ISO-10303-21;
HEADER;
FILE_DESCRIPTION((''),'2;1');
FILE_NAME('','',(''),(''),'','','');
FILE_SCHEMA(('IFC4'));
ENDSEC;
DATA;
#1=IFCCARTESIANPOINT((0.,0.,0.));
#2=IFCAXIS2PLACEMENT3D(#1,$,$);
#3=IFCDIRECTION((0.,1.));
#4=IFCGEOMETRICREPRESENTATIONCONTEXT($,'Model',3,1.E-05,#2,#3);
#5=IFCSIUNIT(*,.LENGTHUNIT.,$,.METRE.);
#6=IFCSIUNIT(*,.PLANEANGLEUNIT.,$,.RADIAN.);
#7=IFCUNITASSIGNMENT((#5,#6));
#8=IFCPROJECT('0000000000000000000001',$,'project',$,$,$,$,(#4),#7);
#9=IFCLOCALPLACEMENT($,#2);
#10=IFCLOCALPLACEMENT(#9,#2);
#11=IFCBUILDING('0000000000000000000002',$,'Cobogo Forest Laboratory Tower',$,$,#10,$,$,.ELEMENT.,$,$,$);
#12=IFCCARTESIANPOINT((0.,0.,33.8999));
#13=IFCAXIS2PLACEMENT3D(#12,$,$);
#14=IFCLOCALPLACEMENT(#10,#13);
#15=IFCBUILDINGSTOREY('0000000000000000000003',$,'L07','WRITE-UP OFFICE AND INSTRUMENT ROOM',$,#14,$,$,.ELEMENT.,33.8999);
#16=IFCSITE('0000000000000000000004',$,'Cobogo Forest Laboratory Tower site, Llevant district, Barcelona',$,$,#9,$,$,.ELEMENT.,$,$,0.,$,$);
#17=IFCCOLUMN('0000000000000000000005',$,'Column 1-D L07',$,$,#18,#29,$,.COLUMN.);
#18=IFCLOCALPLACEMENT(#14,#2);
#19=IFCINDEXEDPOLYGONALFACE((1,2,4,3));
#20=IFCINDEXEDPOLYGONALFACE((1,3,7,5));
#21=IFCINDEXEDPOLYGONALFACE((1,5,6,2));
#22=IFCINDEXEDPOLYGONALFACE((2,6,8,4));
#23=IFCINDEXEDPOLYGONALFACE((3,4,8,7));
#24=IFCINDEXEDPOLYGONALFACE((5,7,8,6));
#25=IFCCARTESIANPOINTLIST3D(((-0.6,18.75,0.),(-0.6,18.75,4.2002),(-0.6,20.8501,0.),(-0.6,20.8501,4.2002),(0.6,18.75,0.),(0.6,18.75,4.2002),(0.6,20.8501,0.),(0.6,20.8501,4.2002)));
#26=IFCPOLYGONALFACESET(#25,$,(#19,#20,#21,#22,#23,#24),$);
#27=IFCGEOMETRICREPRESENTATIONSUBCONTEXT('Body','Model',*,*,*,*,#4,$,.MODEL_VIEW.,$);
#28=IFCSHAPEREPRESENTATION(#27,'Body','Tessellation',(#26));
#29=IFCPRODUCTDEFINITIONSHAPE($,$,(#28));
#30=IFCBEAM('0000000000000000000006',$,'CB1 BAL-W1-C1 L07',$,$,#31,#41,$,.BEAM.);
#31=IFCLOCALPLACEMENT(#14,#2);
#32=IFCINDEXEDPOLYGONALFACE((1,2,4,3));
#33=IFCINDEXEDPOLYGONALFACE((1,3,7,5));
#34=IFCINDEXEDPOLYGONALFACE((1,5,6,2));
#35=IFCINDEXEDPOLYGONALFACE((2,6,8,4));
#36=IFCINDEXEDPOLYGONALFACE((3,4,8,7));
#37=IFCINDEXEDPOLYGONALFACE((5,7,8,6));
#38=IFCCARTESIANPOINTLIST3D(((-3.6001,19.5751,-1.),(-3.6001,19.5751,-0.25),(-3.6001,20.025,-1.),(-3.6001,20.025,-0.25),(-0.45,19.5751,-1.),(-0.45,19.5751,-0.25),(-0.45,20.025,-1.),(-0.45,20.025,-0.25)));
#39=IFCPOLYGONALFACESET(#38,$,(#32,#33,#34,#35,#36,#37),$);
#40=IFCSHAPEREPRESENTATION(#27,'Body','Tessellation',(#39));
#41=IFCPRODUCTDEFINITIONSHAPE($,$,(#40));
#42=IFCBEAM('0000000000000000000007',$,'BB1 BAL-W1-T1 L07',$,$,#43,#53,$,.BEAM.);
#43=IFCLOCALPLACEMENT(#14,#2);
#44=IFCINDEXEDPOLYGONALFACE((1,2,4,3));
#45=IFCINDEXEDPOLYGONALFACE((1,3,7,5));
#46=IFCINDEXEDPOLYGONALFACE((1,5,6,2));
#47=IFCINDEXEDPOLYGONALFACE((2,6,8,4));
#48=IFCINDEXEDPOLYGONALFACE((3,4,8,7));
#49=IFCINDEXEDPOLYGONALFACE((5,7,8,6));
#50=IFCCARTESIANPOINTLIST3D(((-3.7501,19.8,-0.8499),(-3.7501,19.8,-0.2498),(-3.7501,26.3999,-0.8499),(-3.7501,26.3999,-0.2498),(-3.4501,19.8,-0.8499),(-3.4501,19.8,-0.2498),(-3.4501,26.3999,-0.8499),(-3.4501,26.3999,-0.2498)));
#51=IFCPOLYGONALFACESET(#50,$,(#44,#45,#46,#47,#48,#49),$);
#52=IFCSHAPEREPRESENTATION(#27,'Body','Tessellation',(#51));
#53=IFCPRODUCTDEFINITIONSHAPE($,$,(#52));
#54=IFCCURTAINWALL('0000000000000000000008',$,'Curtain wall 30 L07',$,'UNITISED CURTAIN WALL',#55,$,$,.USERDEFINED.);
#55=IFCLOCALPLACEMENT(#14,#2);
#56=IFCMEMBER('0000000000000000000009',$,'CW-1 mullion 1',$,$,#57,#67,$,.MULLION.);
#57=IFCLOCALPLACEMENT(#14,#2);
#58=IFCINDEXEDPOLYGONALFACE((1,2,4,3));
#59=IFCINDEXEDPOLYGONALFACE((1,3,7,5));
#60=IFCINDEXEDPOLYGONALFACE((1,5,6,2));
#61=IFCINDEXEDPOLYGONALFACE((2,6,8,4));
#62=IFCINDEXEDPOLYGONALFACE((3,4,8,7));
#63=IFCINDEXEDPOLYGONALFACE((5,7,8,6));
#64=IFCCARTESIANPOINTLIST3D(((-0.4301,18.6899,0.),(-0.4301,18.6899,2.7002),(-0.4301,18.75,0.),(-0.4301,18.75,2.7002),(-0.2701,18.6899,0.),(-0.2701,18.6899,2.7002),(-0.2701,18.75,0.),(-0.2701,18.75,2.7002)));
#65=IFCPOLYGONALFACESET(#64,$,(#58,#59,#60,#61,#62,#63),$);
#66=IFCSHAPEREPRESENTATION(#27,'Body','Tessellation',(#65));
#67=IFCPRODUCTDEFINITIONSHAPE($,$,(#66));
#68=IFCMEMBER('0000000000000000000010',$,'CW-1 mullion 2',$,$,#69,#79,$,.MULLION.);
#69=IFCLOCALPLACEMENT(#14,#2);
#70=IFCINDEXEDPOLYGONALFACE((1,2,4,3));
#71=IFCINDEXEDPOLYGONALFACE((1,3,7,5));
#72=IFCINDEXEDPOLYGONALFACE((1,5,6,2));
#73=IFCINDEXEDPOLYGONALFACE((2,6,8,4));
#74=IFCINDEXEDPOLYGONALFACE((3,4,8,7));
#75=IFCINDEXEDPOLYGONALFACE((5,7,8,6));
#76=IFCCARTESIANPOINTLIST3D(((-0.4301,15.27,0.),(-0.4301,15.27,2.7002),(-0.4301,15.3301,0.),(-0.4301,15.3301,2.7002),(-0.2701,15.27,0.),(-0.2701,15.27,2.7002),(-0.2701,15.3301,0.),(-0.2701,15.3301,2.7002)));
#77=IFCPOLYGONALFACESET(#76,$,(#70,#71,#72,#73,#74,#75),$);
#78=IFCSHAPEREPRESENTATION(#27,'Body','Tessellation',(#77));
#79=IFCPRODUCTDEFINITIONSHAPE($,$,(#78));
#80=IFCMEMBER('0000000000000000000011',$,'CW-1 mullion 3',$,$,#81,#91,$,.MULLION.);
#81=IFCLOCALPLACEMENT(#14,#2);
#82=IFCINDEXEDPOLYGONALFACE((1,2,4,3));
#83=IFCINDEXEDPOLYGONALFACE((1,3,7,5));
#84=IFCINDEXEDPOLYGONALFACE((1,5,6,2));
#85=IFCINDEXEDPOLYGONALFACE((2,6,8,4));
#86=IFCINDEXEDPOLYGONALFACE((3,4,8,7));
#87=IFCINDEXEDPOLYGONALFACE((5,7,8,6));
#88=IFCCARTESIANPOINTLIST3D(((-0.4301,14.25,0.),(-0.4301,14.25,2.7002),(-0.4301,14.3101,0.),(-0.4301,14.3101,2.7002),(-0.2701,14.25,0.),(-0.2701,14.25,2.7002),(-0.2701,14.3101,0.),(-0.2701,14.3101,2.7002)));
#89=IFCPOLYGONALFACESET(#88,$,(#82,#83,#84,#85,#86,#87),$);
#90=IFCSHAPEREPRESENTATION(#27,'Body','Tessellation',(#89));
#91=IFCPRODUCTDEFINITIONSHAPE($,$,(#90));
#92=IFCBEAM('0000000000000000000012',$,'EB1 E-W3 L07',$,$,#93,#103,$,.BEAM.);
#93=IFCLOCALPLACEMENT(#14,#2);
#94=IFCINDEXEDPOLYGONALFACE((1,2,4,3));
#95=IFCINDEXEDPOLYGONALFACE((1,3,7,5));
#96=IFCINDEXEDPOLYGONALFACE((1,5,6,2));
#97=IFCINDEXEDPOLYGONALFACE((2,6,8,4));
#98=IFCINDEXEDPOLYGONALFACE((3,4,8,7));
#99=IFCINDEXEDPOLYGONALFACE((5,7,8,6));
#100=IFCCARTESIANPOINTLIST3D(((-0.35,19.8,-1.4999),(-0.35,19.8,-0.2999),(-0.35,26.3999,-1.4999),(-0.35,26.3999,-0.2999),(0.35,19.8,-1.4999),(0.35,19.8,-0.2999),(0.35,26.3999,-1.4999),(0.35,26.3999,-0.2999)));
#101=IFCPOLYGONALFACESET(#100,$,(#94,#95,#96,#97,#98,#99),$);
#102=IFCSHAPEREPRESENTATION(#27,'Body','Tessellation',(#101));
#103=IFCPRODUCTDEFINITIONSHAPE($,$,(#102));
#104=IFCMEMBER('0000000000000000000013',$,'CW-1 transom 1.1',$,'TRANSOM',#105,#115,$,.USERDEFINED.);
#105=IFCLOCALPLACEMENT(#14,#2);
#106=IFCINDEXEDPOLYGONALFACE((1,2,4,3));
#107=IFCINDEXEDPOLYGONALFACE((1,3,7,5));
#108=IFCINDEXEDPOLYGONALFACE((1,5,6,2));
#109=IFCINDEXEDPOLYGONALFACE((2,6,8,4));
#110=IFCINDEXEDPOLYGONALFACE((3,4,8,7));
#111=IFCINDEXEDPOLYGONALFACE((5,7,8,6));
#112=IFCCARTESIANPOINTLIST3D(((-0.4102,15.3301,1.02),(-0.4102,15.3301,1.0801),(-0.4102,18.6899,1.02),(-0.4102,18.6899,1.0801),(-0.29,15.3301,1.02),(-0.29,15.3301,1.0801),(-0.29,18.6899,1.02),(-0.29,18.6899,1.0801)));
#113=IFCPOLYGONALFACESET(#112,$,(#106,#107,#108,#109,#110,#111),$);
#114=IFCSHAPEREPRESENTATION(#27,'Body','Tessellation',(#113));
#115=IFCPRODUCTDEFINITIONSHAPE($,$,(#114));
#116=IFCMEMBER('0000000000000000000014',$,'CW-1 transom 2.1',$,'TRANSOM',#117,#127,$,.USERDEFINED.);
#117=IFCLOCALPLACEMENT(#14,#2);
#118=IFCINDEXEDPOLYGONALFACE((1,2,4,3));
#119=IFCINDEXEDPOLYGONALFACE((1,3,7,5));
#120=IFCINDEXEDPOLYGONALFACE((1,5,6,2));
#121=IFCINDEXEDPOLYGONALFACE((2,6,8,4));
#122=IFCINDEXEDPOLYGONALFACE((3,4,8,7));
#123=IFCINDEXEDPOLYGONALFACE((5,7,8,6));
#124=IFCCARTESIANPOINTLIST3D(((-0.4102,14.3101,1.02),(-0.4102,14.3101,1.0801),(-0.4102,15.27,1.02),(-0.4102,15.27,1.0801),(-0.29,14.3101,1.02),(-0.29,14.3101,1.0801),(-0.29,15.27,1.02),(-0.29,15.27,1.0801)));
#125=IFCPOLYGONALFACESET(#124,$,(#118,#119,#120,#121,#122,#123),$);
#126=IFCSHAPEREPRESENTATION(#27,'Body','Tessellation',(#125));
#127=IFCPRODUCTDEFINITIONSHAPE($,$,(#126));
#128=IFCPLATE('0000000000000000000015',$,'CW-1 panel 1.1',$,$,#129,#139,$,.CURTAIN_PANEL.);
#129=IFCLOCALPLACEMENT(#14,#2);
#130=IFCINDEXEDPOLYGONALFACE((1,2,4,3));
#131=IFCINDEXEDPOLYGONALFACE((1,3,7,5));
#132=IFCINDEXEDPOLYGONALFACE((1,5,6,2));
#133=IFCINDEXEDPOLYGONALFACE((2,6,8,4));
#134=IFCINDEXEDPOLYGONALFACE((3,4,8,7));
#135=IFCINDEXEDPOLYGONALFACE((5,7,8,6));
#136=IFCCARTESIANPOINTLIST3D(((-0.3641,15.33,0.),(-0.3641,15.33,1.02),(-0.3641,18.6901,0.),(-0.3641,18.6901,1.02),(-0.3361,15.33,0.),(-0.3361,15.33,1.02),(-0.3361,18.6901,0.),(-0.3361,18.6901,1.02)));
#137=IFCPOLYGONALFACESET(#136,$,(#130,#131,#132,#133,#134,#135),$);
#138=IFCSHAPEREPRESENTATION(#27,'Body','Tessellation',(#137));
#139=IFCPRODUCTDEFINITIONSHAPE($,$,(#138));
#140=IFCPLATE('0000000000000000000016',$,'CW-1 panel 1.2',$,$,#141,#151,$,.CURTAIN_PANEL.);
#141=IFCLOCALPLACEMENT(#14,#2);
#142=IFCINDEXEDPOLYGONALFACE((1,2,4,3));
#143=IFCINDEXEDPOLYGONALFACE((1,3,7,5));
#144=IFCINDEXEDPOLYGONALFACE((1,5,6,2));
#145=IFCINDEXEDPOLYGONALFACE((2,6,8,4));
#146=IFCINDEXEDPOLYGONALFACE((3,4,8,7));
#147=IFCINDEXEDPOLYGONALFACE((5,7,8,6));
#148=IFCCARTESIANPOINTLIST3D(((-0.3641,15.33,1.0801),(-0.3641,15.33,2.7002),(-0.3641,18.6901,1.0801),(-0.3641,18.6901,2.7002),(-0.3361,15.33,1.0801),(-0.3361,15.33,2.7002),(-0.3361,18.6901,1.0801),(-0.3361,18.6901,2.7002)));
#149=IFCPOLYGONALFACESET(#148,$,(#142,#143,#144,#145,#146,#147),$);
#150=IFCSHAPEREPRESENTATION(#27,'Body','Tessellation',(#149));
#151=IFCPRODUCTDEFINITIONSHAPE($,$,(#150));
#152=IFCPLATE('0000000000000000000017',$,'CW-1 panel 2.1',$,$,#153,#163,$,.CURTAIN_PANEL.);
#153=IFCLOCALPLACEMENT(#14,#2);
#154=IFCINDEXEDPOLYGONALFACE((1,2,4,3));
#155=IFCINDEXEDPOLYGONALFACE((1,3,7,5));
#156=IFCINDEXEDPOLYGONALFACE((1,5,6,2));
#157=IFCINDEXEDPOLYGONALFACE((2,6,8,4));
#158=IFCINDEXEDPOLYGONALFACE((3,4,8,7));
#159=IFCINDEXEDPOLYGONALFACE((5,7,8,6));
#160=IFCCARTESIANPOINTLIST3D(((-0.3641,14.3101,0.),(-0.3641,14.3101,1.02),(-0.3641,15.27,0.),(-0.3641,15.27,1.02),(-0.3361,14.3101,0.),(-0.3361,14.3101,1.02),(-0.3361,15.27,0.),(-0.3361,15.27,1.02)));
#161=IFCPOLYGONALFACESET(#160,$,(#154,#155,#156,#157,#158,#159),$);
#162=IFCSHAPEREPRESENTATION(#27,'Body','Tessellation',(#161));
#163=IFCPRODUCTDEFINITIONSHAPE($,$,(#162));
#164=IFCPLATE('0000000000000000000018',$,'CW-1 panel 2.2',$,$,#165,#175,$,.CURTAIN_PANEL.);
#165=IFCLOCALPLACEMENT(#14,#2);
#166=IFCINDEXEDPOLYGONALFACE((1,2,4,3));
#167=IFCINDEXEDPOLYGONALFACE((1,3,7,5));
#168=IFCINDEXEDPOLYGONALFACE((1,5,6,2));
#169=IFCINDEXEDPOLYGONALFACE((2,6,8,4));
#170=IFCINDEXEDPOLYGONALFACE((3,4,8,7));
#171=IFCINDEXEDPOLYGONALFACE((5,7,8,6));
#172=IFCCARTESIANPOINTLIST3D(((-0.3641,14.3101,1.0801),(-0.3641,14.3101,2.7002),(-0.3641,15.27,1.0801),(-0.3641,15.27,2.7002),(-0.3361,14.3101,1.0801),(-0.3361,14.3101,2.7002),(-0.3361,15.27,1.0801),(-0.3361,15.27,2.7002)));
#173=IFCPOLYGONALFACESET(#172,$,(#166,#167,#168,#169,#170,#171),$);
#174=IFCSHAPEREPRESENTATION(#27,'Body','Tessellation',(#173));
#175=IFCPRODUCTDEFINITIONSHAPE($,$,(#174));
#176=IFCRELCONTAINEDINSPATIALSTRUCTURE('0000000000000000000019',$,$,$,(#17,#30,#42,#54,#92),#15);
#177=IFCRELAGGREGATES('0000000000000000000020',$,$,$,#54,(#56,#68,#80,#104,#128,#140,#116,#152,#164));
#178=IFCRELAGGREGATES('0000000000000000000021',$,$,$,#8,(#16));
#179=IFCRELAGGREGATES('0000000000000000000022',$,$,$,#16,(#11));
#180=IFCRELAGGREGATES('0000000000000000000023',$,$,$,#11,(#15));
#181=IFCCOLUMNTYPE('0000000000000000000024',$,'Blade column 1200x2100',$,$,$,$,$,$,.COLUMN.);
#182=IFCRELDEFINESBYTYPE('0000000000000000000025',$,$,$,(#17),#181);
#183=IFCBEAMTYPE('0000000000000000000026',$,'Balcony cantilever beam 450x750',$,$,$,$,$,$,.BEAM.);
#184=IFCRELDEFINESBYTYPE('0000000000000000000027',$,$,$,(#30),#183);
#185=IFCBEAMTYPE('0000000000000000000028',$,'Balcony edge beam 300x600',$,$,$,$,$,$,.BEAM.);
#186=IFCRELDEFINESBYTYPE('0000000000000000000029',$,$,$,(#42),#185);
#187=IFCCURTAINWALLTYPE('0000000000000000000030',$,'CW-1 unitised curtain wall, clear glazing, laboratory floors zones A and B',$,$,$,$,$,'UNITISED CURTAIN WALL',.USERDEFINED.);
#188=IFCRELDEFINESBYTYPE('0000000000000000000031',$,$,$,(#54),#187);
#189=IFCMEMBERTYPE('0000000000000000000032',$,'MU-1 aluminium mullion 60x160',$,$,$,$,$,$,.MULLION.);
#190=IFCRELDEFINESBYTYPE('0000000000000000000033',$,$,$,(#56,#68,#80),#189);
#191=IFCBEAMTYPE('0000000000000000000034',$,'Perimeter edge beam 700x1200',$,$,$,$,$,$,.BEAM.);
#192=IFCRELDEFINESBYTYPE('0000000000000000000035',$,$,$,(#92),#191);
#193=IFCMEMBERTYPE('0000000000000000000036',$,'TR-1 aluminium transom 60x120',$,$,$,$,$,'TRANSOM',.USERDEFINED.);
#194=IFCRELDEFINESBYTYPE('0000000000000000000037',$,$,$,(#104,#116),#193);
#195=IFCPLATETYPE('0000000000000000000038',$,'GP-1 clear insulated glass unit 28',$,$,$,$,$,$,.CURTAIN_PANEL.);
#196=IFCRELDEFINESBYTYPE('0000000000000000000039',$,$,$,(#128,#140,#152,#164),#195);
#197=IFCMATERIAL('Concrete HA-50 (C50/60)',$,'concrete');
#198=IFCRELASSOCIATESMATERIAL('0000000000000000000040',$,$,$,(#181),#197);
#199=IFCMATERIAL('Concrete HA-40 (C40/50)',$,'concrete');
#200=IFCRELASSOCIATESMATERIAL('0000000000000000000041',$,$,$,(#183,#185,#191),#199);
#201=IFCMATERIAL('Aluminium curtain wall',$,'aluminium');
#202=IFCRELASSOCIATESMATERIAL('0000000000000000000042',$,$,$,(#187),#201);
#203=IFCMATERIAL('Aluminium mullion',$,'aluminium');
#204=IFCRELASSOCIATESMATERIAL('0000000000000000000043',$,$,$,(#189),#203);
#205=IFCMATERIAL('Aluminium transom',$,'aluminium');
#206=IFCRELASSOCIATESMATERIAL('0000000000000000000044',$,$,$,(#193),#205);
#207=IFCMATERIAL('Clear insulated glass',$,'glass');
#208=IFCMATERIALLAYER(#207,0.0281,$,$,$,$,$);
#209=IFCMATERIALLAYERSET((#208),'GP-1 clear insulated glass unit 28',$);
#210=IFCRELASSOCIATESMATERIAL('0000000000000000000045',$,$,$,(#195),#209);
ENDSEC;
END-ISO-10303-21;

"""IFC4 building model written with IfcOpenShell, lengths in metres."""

from ifc_helpers import new_model, si_unit, direction, frame, origin, origin_2d, place, context, subcontext, project, spatial, rectangle, extrude, material, layer, layer_set, material_profile, profile_set, type_object, element, aggregate, save


model = new_model("IFC4")

# Units and contexts
model_context = context("Model", 3, precision=1e-05, world=origin(), true_north=direction((0.0, 1.0)))
body_context = subcontext(model_context, "Body", "Model", "MODEL_VIEW")
ifc_project = project(units=[si_unit("LENGTHUNIT", "METRE"), si_unit("PLANEANGLEUNIT", "RADIAN")], contexts=[model_context])

# Site, building, storey
site_placement = place(None, origin())
site = spatial("IfcSite", under=ifc_project, at=site_placement, Name="Cobogo Forest Laboratory Tower site, Llevant district, Barcelona", CompositionType="ELEMENT", RefElevation=0.0)
building_placement = place(site_placement, origin())
building = spatial("IfcBuilding", under=site, at=building_placement, Name="Cobogo Forest Laboratory Tower", CompositionType="ELEMENT")
storey_placement = place(building_placement, frame((0.0, 0.0, 33.8999)))
storey = spatial("IfcBuildingStorey", under=building, at=storey_placement, Name="L07", Description="WRITE-UP OFFICE AND INSTRUMENT ROOM", CompositionType="ELEMENT", Elevation=33.8999)

# Column
ifc_material_1 = material(Name="Concrete HA-50 (C50/60)", Category="concrete")
ifc_material_profile_1 = material_profile(ifc_material_1, rectangle(XDim=2.1001, YDim=1.2, at=origin_2d()), Name="RC 1200x2100")
ifc_profile_set_1 = profile_set([ifc_material_profile_1], Name="Concrete HA-50 (C50/60)")
column_type = type_object("IfcColumnType", Name="Blade column 1200x2100", PredefinedType="COLUMN", material=ifc_profile_set_1)
column_placement = place(storey_placement, frame((0.0, 19.8, 0.0), z_axis=(0.0, 0.0, 1.0), x_axis=(0.0, 1.0, 0.0)))
element("IfcColumn", 1, at=column_placement, inside=storey, type_object=column_type, Name="Column 1-D L07", PredefinedType="COLUMN", context=body_context, shape_type="SweptSolid", body=[
    extrude(rectangle(XDim=2.1001, YDim=1.2, at=origin_2d()), origin(), (0.0, 0.0, 1.0), 4.2002),
])

# Beams
ifc_material_2 = material(Name="Concrete HA-40 (C40/50)", Category="concrete")
ifc_material_profile_2 = material_profile(ifc_material_2, rectangle(XDim=0.45, YDim=0.75, at=origin_2d()), Name="RC 450x750")
ifc_profile_set_2 = profile_set([ifc_material_profile_2], Name="Concrete HA-40 (C40/50)")
beam_type_1 = type_object("IfcBeamType", Name="Balcony cantilever beam 450x750", PredefinedType="BEAM", material=ifc_profile_set_2)
beam_1_placement = place(storey_placement, frame((-0.45, 19.8, -0.625), z_axis=(-1.0, 0.0, 0.0), x_axis=(0.0, -1.0, 0.0)))
element("IfcBeam", 2, at=beam_1_placement, inside=storey, type_object=beam_type_1, Name="CB1 BAL-W1-C1 L07", PredefinedType="BEAM", context=body_context, shape_type="SweptSolid", body=[
    extrude(rectangle(XDim=0.45, YDim=0.75, at=origin_2d()), origin(), (0.0, 0.0, 1.0), 3.1501),
])
ifc_material_profile_3 = material_profile(ifc_material_2, rectangle(XDim=0.3, YDim=0.6001, at=origin_2d()), Name="RC 300x600")
ifc_profile_set_3 = profile_set([ifc_material_profile_3], Name="Concrete HA-40 (C40/50)")
beam_type_2 = type_object("IfcBeamType", Name="Balcony edge beam 300x600", PredefinedType="BEAM", material=ifc_profile_set_3)
beam_2_placement = place(storey_placement, frame((-3.6001, 19.8, -0.5498), z_axis=(0.0, 1.0, 0.0), x_axis=(-1.0, 0.0, 0.0)))
element("IfcBeam", 3, at=beam_2_placement, inside=storey, type_object=beam_type_2, Name="BB1 BAL-W1-T1 L07", PredefinedType="BEAM", context=body_context, shape_type="SweptSolid", body=[
    extrude(rectangle(XDim=0.3, YDim=0.6001, at=origin_2d()), origin(), (0.0, 0.0, 1.0), 6.5999),
])

# Curtain wall, members
ifc_material_3 = material(Name="Aluminium curtain wall", Category="aluminium")
curtain_wall_type = type_object("IfcCurtainWallType", Name="CW-1 unitised curtain wall, clear glazing, laboratory floors zones A and B", ElementType="UNITISED CURTAIN WALL", PredefinedType="USERDEFINED", material=ifc_material_3)
curtain_wall_placement = place(storey_placement, origin())
curtain_wall = element("IfcCurtainWall", 4, at=curtain_wall_placement, inside=storey, type_object=curtain_wall_type, Name="Curtain wall 30 L07", ObjectType="UNITISED CURTAIN WALL", PredefinedType="USERDEFINED")
ifc_material_4 = material(Name="Aluminium mullion", Category="aluminium")
ifc_material_profile_4 = material_profile(ifc_material_4, rectangle(XDim=0.0601, YDim=0.1599, at=origin_2d()), Name="AL 60x160")
ifc_profile_set_4 = profile_set([ifc_material_profile_4], Name="Aluminium mullion")
member_type_1 = type_object("IfcMemberType", Name="MU-1 aluminium mullion 60x160", PredefinedType="MULLION", material=ifc_profile_set_4)
member_1_placement = place(storey_placement, frame((-0.3501, 18.72, 0.0), z_axis=(0.0, 0.0, 1.0), x_axis=(0.0, -1.0, 0.0)))
member_1 = element("IfcMember", 5, at=member_1_placement, type_object=member_type_1, Name="CW-1 mullion 1", PredefinedType="MULLION", context=body_context, shape_type="SweptSolid", body=[
    extrude(rectangle(XDim=0.0601, YDim=0.1599, at=origin_2d()), origin(), (0.0, 0.0, 1.0), 2.7002),
])
member_2_placement = place(storey_placement, frame((-0.3501, 15.3, 0.0), z_axis=(0.0, 0.0, 1.0), x_axis=(0.0, -1.0, 0.0)))
member_2 = element("IfcMember", 6, at=member_2_placement, type_object=member_type_1, Name="CW-1 mullion 2", PredefinedType="MULLION", context=body_context, shape_type="SweptSolid", body=[
    extrude(rectangle(XDim=0.0601, YDim=0.1599, at=origin_2d()), origin(), (0.0, 0.0, 1.0), 2.7002),
])
member_3_placement = place(storey_placement, frame((-0.3501, 14.28, 0.0), z_axis=(0.0, 0.0, 1.0), x_axis=(0.0, -1.0, 0.0)))
member_3 = element("IfcMember", 7, at=member_3_placement, type_object=member_type_1, Name="CW-1 mullion 3", PredefinedType="MULLION", context=body_context, shape_type="SweptSolid", body=[
    extrude(rectangle(XDim=0.0601, YDim=0.1599, at=origin_2d()), origin(), (0.0, 0.0, 1.0), 2.7002),
])

# Beam
ifc_material_profile_5 = material_profile(ifc_material_2, rectangle(XDim=0.7, YDim=1.2, at=origin_2d()), Name="RC 700x1200")
ifc_profile_set_5 = profile_set([ifc_material_profile_5], Name="Concrete HA-40 (C40/50)")
beam_type_3 = type_object("IfcBeamType", Name="Perimeter edge beam 700x1200", PredefinedType="BEAM", material=ifc_profile_set_5)
beam_3_placement = place(storey_placement, frame((0.0, 19.8, -0.8999), z_axis=(0.0, 1.0, 0.0), x_axis=(-1.0, 0.0, 0.0)))
element("IfcBeam", 8, at=beam_3_placement, inside=storey, type_object=beam_type_3, Name="EB1 E-W3 L07", PredefinedType="BEAM", context=body_context, shape_type="SweptSolid", body=[
    extrude(rectangle(XDim=0.7, YDim=1.2, at=origin_2d()), origin(), (0.0, 0.0, 1.0), 6.5999),
])

# Members
ifc_material_5 = material(Name="Aluminium transom", Category="aluminium")
ifc_material_profile_6 = material_profile(ifc_material_5, rectangle(XDim=0.1201, YDim=0.0601, at=origin_2d()), Name="AL 60x120")
ifc_profile_set_6 = profile_set([ifc_material_profile_6], Name="Aluminium transom")
member_type_2 = type_object("IfcMemberType", Name="TR-1 aluminium transom 60x120", ElementType="TRANSOM", PredefinedType="USERDEFINED", material=ifc_profile_set_6)
member_4_placement = place(storey_placement, frame((-0.3501, 18.6899, 1.05), z_axis=(0.0, -1.0, 0.0), x_axis=(1.0, 0.0, 0.0)))
member_4 = element("IfcMember", 9, at=member_4_placement, type_object=member_type_2, Name="CW-1 transom 1.1", ObjectType="TRANSOM", PredefinedType="USERDEFINED", context=body_context, shape_type="SweptSolid", body=[
    extrude(rectangle(XDim=0.1201, YDim=0.0601, at=origin_2d()), origin(), (0.0, 0.0, 1.0), 3.3599),
])
member_5_placement = place(storey_placement, frame((-0.3501, 15.27, 1.05), z_axis=(0.0, -1.0, 0.0), x_axis=(1.0, 0.0, 0.0)))
member_5 = element("IfcMember", 10, at=member_5_placement, type_object=member_type_2, Name="CW-1 transom 2.1", ObjectType="TRANSOM", PredefinedType="USERDEFINED", context=body_context, shape_type="SweptSolid", body=[
    extrude(rectangle(XDim=0.1201, YDim=0.0601, at=origin_2d()), origin(), (0.0, 0.0, 1.0), 0.96),
])

# Plates
ifc_material_6 = material(Name="Clear insulated glass", Category="glass")
ifc_layer_1 = layer(ifc_material_6, 0.0281)
ifc_layer_set_1 = layer_set([ifc_layer_1], Name="GP-1 clear insulated glass unit 28")
plate_type_1 = type_object("IfcPlateType", Name="GP-1 clear insulated glass unit 28", PredefinedType="CURTAIN_PANEL", material=ifc_layer_set_1)
plate_1_placement = place(storey_placement, frame((-0.3501, 17.01, 0.0), z_axis=(0.0, 0.0, 1.0), x_axis=(0.0, -1.0, 0.0)))
plate_1 = element("IfcPlate", 11, at=plate_1_placement, type_object=plate_type_1, Name="CW-1 panel 1.1", PredefinedType="CURTAIN_PANEL", context=body_context, shape_type="SweptSolid", body=[
    extrude(rectangle(XDim=3.3601, YDim=0.0281, at=origin_2d()), origin(), (0.0, 0.0, 1.0), 1.02),
])
plate_2_placement = place(storey_placement, frame((-0.3501, 17.01, 1.0801), z_axis=(0.0, 0.0, 1.0), x_axis=(0.0, -1.0, 0.0)))
plate_2 = element("IfcPlate", 12, at=plate_2_placement, type_object=plate_type_1, Name="CW-1 panel 1.2", PredefinedType="CURTAIN_PANEL", context=body_context, shape_type="SweptSolid", body=[
    extrude(rectangle(XDim=3.3601, YDim=0.0281, at=origin_2d()), origin(), (0.0, 0.0, 1.0), 1.6201),
])
plate_3_placement = place(storey_placement, frame((-0.3501, 14.79, 0.0), z_axis=(0.0, 0.0, 1.0), x_axis=(0.0, -1.0, 0.0)))
plate_3 = element("IfcPlate", 13, at=plate_3_placement, type_object=plate_type_1, Name="CW-1 panel 2.1", PredefinedType="CURTAIN_PANEL", context=body_context, shape_type="SweptSolid", body=[
    extrude(rectangle(XDim=0.96, YDim=0.0281, at=origin_2d()), origin(), (0.0, 0.0, 1.0), 1.02),
])
plate_4_placement = place(storey_placement, frame((-0.3501, 14.79, 1.0801), z_axis=(0.0, 0.0, 1.0), x_axis=(0.0, -1.0, 0.0)))
plate_4 = element("IfcPlate", 14, at=plate_4_placement, type_object=plate_type_1, Name="CW-1 panel 2.2", PredefinedType="CURTAIN_PANEL", context=body_context, shape_type="SweptSolid", body=[
    extrude(rectangle(XDim=0.96, YDim=0.0281, at=origin_2d()), origin(), (0.0, 0.0, 1.0), 1.6201),
])
aggregate(curtain_wall, [member_1, member_2, member_3, member_4, plate_1, plate_2, member_5, plate_3, plate_4])

save(model, "model.ifc")
